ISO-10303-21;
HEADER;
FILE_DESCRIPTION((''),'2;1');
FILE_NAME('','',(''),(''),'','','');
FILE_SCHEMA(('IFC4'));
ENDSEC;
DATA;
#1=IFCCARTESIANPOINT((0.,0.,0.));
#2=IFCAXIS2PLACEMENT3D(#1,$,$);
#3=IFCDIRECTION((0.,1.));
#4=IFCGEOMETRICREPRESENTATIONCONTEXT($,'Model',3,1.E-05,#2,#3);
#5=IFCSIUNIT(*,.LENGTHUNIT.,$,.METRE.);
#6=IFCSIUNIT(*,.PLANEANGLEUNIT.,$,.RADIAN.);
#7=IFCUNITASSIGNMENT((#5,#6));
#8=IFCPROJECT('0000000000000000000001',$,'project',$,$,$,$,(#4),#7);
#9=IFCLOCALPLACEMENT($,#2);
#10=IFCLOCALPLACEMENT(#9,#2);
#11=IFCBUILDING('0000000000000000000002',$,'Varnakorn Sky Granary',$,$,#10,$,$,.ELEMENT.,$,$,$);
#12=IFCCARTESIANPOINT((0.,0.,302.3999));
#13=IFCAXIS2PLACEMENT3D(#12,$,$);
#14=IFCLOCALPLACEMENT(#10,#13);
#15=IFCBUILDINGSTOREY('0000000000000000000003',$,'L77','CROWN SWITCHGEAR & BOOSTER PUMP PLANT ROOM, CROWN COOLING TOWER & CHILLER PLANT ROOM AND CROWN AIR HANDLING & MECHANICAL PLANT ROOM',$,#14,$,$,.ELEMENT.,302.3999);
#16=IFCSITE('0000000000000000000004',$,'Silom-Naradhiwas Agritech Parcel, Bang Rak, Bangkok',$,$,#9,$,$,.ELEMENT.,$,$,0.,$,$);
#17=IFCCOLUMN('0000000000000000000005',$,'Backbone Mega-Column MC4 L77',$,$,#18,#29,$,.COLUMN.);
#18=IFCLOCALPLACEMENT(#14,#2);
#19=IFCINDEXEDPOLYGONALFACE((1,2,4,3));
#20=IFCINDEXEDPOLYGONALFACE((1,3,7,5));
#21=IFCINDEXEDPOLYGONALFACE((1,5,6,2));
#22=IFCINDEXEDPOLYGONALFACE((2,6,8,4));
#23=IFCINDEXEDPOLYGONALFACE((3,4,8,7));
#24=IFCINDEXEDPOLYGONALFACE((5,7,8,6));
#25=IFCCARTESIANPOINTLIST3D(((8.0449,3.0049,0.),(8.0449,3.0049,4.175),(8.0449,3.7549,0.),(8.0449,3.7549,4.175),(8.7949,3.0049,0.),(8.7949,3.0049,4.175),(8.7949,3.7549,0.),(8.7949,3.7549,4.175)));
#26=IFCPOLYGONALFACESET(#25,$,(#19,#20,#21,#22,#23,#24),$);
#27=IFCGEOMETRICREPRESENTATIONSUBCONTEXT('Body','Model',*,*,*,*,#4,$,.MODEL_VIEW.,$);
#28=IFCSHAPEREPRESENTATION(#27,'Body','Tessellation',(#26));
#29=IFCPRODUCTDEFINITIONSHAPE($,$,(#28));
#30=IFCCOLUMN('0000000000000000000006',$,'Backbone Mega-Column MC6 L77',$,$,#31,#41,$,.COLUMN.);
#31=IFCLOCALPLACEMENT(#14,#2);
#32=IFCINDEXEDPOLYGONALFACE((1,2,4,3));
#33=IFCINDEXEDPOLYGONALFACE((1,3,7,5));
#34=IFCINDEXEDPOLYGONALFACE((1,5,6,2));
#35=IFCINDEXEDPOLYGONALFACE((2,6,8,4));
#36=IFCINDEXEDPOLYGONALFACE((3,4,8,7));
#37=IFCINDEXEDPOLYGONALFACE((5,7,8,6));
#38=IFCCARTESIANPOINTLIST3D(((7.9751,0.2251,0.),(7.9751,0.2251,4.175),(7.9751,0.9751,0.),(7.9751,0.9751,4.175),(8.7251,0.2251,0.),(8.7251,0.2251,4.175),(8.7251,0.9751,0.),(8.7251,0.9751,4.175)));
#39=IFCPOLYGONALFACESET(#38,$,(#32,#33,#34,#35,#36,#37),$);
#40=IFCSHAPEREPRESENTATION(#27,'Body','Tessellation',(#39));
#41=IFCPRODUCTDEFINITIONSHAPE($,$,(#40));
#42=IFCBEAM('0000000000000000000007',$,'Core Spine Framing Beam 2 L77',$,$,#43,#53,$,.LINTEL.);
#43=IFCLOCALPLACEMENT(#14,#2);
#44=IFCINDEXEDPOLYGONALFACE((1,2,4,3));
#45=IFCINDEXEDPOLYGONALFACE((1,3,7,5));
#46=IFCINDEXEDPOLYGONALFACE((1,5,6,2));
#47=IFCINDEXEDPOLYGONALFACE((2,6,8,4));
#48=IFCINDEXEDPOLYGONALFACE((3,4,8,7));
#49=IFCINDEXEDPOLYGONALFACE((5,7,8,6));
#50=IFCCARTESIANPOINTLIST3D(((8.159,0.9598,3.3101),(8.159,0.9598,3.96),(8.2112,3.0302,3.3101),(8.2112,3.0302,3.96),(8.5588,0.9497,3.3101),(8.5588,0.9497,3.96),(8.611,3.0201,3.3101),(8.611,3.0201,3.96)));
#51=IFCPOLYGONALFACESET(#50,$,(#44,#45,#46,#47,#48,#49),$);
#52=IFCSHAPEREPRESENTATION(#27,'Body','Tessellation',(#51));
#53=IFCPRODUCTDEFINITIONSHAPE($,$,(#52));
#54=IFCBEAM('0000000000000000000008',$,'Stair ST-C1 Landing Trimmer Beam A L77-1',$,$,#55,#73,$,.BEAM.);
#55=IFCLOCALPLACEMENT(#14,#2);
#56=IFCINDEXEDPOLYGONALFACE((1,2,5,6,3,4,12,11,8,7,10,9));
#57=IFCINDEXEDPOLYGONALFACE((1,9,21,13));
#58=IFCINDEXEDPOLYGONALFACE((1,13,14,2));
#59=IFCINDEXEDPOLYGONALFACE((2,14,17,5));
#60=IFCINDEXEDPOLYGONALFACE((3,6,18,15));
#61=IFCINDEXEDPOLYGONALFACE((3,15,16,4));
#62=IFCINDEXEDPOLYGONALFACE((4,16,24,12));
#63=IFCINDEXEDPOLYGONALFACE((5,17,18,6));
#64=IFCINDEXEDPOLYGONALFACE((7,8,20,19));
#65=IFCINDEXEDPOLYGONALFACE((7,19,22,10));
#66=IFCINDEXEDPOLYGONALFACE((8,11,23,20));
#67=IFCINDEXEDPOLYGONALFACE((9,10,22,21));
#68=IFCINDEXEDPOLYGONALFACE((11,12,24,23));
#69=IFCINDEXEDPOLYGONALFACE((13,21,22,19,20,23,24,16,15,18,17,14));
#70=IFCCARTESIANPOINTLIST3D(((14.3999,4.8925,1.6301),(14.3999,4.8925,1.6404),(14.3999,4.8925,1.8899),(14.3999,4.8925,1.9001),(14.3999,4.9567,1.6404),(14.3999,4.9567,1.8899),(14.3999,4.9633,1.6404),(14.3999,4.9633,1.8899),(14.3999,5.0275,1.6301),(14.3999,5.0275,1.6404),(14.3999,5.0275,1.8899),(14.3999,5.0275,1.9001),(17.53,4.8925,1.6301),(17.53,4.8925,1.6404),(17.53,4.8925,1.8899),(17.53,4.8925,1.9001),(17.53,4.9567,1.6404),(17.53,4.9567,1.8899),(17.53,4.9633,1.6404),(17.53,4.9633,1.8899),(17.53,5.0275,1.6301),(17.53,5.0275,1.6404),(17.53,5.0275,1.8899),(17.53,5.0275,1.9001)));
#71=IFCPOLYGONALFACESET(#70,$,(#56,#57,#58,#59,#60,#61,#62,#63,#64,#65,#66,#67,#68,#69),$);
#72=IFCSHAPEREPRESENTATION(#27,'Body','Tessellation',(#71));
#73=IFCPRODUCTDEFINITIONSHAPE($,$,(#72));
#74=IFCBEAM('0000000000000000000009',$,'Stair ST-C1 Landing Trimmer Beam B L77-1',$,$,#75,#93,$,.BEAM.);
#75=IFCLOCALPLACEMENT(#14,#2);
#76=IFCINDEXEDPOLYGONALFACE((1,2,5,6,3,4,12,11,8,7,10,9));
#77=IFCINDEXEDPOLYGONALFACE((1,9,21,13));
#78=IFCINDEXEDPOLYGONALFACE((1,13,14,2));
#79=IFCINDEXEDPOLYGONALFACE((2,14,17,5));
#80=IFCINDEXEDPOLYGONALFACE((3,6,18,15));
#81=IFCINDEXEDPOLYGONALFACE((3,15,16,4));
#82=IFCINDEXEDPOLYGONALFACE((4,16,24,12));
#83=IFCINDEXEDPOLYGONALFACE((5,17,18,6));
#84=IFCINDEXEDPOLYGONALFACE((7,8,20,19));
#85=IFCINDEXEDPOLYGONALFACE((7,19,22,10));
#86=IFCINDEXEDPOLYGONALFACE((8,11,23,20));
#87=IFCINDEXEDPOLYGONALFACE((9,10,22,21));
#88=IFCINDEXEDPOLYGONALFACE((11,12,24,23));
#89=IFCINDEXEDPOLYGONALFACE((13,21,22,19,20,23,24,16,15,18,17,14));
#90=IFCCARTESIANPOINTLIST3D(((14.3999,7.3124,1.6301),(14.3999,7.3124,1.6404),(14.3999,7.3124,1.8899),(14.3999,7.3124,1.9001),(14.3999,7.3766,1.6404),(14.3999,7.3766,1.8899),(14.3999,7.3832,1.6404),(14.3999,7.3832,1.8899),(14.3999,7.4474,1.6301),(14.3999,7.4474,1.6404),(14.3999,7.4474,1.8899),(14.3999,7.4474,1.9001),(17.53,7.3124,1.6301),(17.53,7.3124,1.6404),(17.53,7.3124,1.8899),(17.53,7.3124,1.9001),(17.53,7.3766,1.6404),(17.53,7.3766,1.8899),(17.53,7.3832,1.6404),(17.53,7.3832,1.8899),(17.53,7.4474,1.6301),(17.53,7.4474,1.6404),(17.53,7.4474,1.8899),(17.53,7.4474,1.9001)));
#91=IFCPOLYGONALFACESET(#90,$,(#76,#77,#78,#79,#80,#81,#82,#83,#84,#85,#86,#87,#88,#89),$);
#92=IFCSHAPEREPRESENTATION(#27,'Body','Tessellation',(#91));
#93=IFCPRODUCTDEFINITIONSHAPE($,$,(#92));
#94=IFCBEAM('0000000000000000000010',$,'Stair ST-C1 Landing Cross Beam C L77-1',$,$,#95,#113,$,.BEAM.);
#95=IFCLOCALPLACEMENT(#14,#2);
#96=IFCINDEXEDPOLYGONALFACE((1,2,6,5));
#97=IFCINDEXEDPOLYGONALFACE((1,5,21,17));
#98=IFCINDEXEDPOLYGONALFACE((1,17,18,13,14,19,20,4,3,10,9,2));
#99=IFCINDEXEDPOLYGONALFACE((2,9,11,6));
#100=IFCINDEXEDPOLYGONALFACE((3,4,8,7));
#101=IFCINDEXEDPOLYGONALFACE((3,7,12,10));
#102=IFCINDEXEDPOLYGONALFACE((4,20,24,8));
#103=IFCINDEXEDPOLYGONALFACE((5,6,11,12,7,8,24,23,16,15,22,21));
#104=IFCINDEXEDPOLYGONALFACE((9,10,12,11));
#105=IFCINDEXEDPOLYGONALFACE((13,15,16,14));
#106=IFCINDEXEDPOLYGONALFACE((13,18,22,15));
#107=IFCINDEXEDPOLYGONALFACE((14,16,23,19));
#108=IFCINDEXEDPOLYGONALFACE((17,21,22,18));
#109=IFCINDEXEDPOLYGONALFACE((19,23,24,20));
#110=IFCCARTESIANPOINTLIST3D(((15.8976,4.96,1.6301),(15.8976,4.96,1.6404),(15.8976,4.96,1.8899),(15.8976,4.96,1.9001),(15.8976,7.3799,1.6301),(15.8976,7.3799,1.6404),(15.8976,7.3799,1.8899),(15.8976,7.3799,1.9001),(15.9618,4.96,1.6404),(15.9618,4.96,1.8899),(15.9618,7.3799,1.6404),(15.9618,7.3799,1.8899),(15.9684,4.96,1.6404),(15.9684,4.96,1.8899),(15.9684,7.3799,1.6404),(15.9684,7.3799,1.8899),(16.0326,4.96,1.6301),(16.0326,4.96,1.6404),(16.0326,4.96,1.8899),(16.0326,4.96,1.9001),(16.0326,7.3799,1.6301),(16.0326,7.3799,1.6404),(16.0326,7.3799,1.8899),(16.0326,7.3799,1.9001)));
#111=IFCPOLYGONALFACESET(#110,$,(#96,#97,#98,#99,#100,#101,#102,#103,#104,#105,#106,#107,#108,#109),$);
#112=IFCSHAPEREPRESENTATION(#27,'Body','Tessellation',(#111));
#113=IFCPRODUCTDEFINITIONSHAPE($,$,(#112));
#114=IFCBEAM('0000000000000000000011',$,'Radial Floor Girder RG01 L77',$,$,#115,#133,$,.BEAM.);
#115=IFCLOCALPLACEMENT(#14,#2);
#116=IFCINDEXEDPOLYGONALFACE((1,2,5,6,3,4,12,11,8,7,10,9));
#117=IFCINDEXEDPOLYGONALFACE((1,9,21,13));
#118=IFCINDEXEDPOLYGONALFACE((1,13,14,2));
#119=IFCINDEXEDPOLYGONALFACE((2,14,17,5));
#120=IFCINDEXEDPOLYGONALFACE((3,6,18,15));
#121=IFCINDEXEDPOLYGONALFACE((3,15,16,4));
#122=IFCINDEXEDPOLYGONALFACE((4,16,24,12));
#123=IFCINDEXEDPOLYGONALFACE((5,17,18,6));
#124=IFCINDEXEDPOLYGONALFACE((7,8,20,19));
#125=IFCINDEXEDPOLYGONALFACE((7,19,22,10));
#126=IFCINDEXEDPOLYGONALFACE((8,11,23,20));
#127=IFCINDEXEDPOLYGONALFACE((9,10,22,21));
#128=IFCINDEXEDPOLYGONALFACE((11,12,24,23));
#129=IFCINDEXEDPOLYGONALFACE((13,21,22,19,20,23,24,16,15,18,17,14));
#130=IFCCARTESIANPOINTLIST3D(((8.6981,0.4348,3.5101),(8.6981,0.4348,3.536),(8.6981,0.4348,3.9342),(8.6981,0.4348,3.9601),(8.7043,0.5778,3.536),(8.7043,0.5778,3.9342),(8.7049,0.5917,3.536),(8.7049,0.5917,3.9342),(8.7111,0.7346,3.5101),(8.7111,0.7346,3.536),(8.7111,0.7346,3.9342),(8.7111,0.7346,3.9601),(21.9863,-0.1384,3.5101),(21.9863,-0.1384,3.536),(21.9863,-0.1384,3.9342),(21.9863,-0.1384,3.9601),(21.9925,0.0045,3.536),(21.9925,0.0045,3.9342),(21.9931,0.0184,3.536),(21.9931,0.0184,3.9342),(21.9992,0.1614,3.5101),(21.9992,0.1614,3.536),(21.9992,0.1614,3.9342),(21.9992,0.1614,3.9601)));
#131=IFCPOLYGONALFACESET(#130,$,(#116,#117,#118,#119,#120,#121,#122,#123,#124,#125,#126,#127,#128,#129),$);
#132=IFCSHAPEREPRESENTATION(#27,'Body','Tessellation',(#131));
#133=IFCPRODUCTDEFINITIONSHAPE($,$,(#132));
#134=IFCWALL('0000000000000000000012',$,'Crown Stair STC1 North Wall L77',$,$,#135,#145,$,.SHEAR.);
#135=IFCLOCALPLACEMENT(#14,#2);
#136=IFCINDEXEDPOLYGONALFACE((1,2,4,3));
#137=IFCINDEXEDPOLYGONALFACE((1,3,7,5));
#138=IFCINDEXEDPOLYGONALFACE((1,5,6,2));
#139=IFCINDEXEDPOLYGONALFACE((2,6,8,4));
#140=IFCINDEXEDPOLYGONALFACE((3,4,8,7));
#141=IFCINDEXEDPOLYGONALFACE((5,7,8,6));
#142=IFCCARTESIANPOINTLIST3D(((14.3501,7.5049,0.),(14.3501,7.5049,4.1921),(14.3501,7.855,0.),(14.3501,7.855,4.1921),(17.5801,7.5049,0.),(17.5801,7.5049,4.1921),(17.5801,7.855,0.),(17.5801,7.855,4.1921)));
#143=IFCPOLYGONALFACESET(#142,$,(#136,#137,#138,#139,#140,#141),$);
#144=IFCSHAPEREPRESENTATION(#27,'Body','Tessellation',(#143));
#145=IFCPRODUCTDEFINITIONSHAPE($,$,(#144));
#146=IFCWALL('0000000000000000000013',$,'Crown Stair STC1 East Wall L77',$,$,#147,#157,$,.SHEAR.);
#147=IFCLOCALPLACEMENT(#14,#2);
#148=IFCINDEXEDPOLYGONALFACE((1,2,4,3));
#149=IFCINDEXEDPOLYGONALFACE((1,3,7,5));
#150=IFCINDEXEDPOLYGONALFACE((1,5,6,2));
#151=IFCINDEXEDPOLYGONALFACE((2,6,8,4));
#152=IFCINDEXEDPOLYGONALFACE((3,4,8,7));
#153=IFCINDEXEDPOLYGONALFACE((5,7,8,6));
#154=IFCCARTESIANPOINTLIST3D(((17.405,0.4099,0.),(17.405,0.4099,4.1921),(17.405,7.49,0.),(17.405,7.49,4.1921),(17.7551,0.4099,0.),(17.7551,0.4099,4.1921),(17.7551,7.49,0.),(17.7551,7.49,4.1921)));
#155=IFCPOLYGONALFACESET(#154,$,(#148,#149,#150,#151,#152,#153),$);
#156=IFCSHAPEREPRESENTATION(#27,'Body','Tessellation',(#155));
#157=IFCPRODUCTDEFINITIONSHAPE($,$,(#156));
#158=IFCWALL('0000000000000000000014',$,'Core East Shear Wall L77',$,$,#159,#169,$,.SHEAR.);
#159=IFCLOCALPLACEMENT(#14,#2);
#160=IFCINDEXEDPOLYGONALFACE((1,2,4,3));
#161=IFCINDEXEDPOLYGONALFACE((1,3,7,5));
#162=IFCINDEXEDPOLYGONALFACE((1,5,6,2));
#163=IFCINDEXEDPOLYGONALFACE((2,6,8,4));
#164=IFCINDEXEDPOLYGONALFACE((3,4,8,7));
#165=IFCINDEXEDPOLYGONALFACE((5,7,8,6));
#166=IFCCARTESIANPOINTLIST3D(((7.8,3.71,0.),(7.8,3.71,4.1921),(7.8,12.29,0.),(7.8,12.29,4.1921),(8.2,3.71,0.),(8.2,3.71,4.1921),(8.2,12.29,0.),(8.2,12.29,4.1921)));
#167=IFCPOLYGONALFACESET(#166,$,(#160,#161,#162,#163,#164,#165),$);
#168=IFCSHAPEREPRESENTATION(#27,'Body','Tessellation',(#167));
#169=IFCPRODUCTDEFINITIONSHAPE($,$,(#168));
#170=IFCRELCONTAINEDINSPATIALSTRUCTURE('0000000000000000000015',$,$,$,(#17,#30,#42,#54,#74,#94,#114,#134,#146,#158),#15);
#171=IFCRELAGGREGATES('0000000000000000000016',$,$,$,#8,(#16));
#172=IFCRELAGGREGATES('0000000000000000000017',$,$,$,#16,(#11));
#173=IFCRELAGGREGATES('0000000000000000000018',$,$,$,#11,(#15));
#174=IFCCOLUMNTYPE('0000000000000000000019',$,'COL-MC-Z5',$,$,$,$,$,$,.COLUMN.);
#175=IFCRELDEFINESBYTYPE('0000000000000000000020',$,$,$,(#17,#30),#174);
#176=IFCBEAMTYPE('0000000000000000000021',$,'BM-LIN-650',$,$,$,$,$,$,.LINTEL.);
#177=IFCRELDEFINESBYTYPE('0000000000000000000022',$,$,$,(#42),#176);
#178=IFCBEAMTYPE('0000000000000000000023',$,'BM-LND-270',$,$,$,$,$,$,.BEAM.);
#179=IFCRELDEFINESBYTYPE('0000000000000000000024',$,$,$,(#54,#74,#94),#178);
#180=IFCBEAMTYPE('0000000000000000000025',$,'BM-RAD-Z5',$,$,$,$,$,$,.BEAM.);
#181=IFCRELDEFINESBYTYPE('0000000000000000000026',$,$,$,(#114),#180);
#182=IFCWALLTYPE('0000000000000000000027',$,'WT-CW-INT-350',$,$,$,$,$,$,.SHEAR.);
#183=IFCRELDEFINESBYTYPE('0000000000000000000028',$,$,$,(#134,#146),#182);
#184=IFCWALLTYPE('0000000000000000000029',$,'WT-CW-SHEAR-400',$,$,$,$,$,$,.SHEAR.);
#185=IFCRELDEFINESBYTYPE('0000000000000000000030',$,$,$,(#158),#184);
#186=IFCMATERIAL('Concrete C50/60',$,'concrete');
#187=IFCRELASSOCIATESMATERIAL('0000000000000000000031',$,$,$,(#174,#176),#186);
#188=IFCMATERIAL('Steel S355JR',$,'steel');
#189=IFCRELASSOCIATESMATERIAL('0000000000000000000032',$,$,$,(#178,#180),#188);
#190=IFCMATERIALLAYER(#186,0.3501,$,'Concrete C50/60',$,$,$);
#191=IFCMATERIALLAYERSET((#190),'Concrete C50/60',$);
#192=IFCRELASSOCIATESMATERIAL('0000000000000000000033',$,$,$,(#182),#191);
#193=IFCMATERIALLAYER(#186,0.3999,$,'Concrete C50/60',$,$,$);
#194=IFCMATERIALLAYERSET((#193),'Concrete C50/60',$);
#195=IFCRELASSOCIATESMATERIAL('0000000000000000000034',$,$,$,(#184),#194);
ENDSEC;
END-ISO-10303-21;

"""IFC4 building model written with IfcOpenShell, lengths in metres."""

from ifc_helpers import new_model, si_unit, direction, frame, frame_2d, origin, origin_2d, place, context, subcontext, project, spatial, rectangle, i_section, extrude, material, layer, layer_set, material_profile, profile_set, type_object, element, save


model = new_model("IFC4")

# Units and contexts
model_context = context("Model", 3, precision=1e-05, world=origin(), true_north=direction((0.0, 1.0)))
body_context = subcontext(model_context, "Body", "Model", "MODEL_VIEW")
ifc_project = project(units=[si_unit("LENGTHUNIT", "METRE"), si_unit("PLANEANGLEUNIT", "RADIAN")], contexts=[model_context])

# Site, building, storey
site_placement = place(None, origin())
site = spatial("IfcSite", under=ifc_project, at=site_placement, Name="Silom-Naradhiwas Agritech Parcel, Bang Rak, Bangkok", CompositionType="ELEMENT", RefElevation=0.0)
building_placement = place(site_placement, origin())
building = spatial("IfcBuilding", under=site, at=building_placement, Name="Varnakorn Sky Granary", CompositionType="ELEMENT")
storey_placement = place(building_placement, frame((0.0, 0.0, 302.3999)))
storey = spatial("IfcBuildingStorey", under=building, at=storey_placement, Name="L77", Description="CROWN SWITCHGEAR & BOOSTER PUMP PLANT ROOM, CROWN COOLING TOWER & CHILLER PLANT ROOM AND CROWN AIR HANDLING & MECHANICAL PLANT ROOM", CompositionType="ELEMENT", Elevation=302.3999)

# Columns
ifc_material_1 = material(Name="Concrete C50/60", Category="concrete")
ifc_material_profile_1 = material_profile(ifc_material_1, rectangle(XDim=0.75, YDim=0.75, at=origin_2d()), Name="RC 750x750")
ifc_profile_set_1 = profile_set([ifc_material_profile_1], Name="Concrete C50/60")
column_type = type_object("IfcColumnType", Name="COL-MC-Z5", PredefinedType="COLUMN", material=ifc_profile_set_1)
for number, where, z_axis, x_axis, name in (
    (1, (8.4199, 3.3799, 0.0), (0.0, 0.0, 1.0), (1.0, 0.0, 0.0), "Backbone Mega-Column MC4 L77"),
    (2, (8.3501, 0.6001, 0.0), (0.0, 0.0, 1.0), (1.0, 0.0, 0.0), "Backbone Mega-Column MC6 L77"),
):
    element("IfcColumn", number, at=place(storey_placement, frame(where, z_axis=z_axis, x_axis=x_axis)), inside=storey, type_object=column_type, Name=name, PredefinedType="COLUMN", context=body_context, shape_type="SweptSolid", body=[
        extrude(rectangle(XDim=0.75, YDim=0.75, at=origin_2d()), origin(), (0.0, 0.0, 1.0), 4.175),
    ])

# Beams
ifc_material_profile_2 = material_profile(ifc_material_1, rectangle(XDim=0.3999, YDim=0.6499, at=origin_2d()), Name="RC 400x650")
ifc_profile_set_2 = profile_set([ifc_material_profile_2], Name="Concrete C50/60")
beam_type_1 = type_object("IfcBeamType", Name="BM-LIN-650", PredefinedType="LINTEL", material=ifc_profile_set_2)
beam_1_placement = place(storey_placement, frame((8.4111, 3.0251, 3.635), z_axis=(-0.025228, -0.999682, 0.0), x_axis=(0.999682, -0.025228, 0.0)))
element("IfcBeam", 3, at=beam_1_placement, inside=storey, type_object=beam_type_1, Name="Core Spine Framing Beam 2 L77", PredefinedType="LINTEL", context=body_context, shape_type="SweptSolid", body=[
    extrude(rectangle(XDim=0.3999, YDim=0.6499, at=origin_2d()), origin(), (0.0, 0.0, 1.0), 2.071),
])
ifc_material_2 = material(Name="Steel S355JR", Category="steel")
ifc_material_profile_3 = material_profile(ifc_material_2, i_section(OverallWidth=0.135, OverallDepth=0.27, WebThickness=0.0066, FlangeThickness=0.0103, at=origin_2d()), Name="IPE 270")
ifc_profile_set_3 = profile_set([ifc_material_profile_3], Name="Steel S355JR")
beam_type_2 = type_object("IfcBeamType", Name="BM-LND-270", PredefinedType="BEAM", material=ifc_profile_set_3)
for number, where, z_axis, x_axis, name in (
    (4, (14.3999, 4.96, 1.7651), (1.0, 0.0, 0.0), (0.0, 1.0, 0.0), "Stair ST-C1 Landing Trimmer Beam A L77-1"),
    (5, (14.3999, 7.3799, 1.7651), (1.0, 0.0, 0.0), (0.0, 1.0, 0.0), "Stair ST-C1 Landing Trimmer Beam B L77-1"),
):
    element("IfcBeam", number, at=place(storey_placement, frame(where, z_axis=z_axis, x_axis=x_axis)), inside=storey, type_object=beam_type_2, Name=name, PredefinedType="BEAM", context=body_context, shape_type="SweptSolid", body=[
        extrude(i_section(OverallWidth=0.135, OverallDepth=0.27, WebThickness=0.0066, FlangeThickness=0.0103, at=origin_2d()), origin(), (0.0, 0.0, 1.0), 3.1301),
    ])
beam_2_placement = place(storey_placement, frame((15.9651, 4.96, 1.7651), z_axis=(0.0, 1.0, 0.0), x_axis=(-1.0, 0.0, 0.0)))
element("IfcBeam", 6, at=beam_2_placement, inside=storey, type_object=beam_type_2, Name="Stair ST-C1 Landing Cross Beam C L77-1", PredefinedType="BEAM", context=body_context, shape_type="SweptSolid", body=[
    extrude(i_section(OverallWidth=0.135, OverallDepth=0.27, WebThickness=0.0066, FlangeThickness=0.0103, at=origin_2d()), origin(), (0.0, 0.0, 1.0), 2.4199),
])
ifc_material_profile_4 = material_profile(ifc_material_2, i_section(OverallWidth=0.3, OverallDepth=0.45, WebThickness=0.0139, FlangeThickness=0.0259, at=origin_2d()), Name="HE 450 B")
ifc_profile_set_4 = profile_set([ifc_material_profile_4], Name="Steel S355JR")
beam_type_3 = type_object("IfcBeamType", Name="BM-RAD-Z5", PredefinedType="BEAM", material=ifc_profile_set_4)
beam_3_placement = place(storey_placement, frame((8.7046, 0.5847, 3.7351), z_axis=(0.999071, -0.043099, 0.0), x_axis=(0.043099, 0.999071, 0.0)))
element("IfcBeam", 7, at=beam_3_placement, inside=storey, type_object=beam_type_3, Name="Radial Floor Girder RG01 L77", PredefinedType="BEAM", context=body_context, shape_type="SweptSolid", body=[
    extrude(i_section(OverallWidth=0.3, OverallDepth=0.45, WebThickness=0.0139, FlangeThickness=0.0259, at=origin_2d()), origin(), (0.0, 0.0, 1.0), 13.3005),
])

# Wall
ifc_layer_1 = layer(ifc_material_1, 0.3501, Name="Concrete C50/60")
ifc_layer_set_1 = layer_set([ifc_layer_1], Name="Concrete C50/60")
wall_type_1 = type_object("IfcWallType", Name="WT-CW-INT-350", PredefinedType="SHEAR", material=ifc_layer_set_1)
wall_1_placement = place(storey_placement, frame((14.3501, 7.6799, 0.0), z_axis=(0.0, 0.0, 1.0), x_axis=(1.0, 0.0, 0.0)))
element("IfcWall", 8, at=wall_1_placement, inside=storey, type_object=wall_type_1, Name="Crown Stair STC1 North Wall L77", PredefinedType="SHEAR", context=body_context, shape_type="SweptSolid", body=[
    extrude(rectangle(XDim=3.23, YDim=0.3501, at=frame_2d((1.615, 0.0))), origin(), (0.0, 0.0, 1.0), 4.1921),
])

# Walls
wall_2_placement = place(storey_placement, frame((17.5801, 0.4099, 0.0), z_axis=(0.0, 0.0, 1.0), x_axis=(0.0, 1.0, 0.0)))
element("IfcWall", 9, at=wall_2_placement, inside=storey, type_object=wall_type_1, Name="Crown Stair STC1 East Wall L77", PredefinedType="SHEAR", context=body_context, shape_type="SweptSolid", body=[
    extrude(rectangle(XDim=7.0801, YDim=0.3501, at=frame_2d((3.54, 0.0))), origin(), (0.0, 0.0, 1.0), 4.1921),
])
ifc_layer_2 = layer(ifc_material_1, 0.3999, Name="Concrete C50/60")
ifc_layer_set_2 = layer_set([ifc_layer_2], Name="Concrete C50/60")
wall_type_2 = type_object("IfcWallType", Name="WT-CW-SHEAR-400", PredefinedType="SHEAR", material=ifc_layer_set_2)
wall_3_placement = place(storey_placement, frame((8.0, 3.71, 0.0), z_axis=(0.0, 0.0, 1.0), x_axis=(0.0, 1.0, 0.0)))
element("IfcWall", 10, at=wall_3_placement, inside=storey, type_object=wall_type_2, Name="Core East Shear Wall L77", PredefinedType="SHEAR", context=body_context, shape_type="SweptSolid", body=[
    extrude(rectangle(XDim=8.5801, YDim=0.3999, at=frame_2d((4.29, 0.0))), origin(), (0.0, 0.0, 1.0), 4.1921),
])

save(model, "model.ifc")
